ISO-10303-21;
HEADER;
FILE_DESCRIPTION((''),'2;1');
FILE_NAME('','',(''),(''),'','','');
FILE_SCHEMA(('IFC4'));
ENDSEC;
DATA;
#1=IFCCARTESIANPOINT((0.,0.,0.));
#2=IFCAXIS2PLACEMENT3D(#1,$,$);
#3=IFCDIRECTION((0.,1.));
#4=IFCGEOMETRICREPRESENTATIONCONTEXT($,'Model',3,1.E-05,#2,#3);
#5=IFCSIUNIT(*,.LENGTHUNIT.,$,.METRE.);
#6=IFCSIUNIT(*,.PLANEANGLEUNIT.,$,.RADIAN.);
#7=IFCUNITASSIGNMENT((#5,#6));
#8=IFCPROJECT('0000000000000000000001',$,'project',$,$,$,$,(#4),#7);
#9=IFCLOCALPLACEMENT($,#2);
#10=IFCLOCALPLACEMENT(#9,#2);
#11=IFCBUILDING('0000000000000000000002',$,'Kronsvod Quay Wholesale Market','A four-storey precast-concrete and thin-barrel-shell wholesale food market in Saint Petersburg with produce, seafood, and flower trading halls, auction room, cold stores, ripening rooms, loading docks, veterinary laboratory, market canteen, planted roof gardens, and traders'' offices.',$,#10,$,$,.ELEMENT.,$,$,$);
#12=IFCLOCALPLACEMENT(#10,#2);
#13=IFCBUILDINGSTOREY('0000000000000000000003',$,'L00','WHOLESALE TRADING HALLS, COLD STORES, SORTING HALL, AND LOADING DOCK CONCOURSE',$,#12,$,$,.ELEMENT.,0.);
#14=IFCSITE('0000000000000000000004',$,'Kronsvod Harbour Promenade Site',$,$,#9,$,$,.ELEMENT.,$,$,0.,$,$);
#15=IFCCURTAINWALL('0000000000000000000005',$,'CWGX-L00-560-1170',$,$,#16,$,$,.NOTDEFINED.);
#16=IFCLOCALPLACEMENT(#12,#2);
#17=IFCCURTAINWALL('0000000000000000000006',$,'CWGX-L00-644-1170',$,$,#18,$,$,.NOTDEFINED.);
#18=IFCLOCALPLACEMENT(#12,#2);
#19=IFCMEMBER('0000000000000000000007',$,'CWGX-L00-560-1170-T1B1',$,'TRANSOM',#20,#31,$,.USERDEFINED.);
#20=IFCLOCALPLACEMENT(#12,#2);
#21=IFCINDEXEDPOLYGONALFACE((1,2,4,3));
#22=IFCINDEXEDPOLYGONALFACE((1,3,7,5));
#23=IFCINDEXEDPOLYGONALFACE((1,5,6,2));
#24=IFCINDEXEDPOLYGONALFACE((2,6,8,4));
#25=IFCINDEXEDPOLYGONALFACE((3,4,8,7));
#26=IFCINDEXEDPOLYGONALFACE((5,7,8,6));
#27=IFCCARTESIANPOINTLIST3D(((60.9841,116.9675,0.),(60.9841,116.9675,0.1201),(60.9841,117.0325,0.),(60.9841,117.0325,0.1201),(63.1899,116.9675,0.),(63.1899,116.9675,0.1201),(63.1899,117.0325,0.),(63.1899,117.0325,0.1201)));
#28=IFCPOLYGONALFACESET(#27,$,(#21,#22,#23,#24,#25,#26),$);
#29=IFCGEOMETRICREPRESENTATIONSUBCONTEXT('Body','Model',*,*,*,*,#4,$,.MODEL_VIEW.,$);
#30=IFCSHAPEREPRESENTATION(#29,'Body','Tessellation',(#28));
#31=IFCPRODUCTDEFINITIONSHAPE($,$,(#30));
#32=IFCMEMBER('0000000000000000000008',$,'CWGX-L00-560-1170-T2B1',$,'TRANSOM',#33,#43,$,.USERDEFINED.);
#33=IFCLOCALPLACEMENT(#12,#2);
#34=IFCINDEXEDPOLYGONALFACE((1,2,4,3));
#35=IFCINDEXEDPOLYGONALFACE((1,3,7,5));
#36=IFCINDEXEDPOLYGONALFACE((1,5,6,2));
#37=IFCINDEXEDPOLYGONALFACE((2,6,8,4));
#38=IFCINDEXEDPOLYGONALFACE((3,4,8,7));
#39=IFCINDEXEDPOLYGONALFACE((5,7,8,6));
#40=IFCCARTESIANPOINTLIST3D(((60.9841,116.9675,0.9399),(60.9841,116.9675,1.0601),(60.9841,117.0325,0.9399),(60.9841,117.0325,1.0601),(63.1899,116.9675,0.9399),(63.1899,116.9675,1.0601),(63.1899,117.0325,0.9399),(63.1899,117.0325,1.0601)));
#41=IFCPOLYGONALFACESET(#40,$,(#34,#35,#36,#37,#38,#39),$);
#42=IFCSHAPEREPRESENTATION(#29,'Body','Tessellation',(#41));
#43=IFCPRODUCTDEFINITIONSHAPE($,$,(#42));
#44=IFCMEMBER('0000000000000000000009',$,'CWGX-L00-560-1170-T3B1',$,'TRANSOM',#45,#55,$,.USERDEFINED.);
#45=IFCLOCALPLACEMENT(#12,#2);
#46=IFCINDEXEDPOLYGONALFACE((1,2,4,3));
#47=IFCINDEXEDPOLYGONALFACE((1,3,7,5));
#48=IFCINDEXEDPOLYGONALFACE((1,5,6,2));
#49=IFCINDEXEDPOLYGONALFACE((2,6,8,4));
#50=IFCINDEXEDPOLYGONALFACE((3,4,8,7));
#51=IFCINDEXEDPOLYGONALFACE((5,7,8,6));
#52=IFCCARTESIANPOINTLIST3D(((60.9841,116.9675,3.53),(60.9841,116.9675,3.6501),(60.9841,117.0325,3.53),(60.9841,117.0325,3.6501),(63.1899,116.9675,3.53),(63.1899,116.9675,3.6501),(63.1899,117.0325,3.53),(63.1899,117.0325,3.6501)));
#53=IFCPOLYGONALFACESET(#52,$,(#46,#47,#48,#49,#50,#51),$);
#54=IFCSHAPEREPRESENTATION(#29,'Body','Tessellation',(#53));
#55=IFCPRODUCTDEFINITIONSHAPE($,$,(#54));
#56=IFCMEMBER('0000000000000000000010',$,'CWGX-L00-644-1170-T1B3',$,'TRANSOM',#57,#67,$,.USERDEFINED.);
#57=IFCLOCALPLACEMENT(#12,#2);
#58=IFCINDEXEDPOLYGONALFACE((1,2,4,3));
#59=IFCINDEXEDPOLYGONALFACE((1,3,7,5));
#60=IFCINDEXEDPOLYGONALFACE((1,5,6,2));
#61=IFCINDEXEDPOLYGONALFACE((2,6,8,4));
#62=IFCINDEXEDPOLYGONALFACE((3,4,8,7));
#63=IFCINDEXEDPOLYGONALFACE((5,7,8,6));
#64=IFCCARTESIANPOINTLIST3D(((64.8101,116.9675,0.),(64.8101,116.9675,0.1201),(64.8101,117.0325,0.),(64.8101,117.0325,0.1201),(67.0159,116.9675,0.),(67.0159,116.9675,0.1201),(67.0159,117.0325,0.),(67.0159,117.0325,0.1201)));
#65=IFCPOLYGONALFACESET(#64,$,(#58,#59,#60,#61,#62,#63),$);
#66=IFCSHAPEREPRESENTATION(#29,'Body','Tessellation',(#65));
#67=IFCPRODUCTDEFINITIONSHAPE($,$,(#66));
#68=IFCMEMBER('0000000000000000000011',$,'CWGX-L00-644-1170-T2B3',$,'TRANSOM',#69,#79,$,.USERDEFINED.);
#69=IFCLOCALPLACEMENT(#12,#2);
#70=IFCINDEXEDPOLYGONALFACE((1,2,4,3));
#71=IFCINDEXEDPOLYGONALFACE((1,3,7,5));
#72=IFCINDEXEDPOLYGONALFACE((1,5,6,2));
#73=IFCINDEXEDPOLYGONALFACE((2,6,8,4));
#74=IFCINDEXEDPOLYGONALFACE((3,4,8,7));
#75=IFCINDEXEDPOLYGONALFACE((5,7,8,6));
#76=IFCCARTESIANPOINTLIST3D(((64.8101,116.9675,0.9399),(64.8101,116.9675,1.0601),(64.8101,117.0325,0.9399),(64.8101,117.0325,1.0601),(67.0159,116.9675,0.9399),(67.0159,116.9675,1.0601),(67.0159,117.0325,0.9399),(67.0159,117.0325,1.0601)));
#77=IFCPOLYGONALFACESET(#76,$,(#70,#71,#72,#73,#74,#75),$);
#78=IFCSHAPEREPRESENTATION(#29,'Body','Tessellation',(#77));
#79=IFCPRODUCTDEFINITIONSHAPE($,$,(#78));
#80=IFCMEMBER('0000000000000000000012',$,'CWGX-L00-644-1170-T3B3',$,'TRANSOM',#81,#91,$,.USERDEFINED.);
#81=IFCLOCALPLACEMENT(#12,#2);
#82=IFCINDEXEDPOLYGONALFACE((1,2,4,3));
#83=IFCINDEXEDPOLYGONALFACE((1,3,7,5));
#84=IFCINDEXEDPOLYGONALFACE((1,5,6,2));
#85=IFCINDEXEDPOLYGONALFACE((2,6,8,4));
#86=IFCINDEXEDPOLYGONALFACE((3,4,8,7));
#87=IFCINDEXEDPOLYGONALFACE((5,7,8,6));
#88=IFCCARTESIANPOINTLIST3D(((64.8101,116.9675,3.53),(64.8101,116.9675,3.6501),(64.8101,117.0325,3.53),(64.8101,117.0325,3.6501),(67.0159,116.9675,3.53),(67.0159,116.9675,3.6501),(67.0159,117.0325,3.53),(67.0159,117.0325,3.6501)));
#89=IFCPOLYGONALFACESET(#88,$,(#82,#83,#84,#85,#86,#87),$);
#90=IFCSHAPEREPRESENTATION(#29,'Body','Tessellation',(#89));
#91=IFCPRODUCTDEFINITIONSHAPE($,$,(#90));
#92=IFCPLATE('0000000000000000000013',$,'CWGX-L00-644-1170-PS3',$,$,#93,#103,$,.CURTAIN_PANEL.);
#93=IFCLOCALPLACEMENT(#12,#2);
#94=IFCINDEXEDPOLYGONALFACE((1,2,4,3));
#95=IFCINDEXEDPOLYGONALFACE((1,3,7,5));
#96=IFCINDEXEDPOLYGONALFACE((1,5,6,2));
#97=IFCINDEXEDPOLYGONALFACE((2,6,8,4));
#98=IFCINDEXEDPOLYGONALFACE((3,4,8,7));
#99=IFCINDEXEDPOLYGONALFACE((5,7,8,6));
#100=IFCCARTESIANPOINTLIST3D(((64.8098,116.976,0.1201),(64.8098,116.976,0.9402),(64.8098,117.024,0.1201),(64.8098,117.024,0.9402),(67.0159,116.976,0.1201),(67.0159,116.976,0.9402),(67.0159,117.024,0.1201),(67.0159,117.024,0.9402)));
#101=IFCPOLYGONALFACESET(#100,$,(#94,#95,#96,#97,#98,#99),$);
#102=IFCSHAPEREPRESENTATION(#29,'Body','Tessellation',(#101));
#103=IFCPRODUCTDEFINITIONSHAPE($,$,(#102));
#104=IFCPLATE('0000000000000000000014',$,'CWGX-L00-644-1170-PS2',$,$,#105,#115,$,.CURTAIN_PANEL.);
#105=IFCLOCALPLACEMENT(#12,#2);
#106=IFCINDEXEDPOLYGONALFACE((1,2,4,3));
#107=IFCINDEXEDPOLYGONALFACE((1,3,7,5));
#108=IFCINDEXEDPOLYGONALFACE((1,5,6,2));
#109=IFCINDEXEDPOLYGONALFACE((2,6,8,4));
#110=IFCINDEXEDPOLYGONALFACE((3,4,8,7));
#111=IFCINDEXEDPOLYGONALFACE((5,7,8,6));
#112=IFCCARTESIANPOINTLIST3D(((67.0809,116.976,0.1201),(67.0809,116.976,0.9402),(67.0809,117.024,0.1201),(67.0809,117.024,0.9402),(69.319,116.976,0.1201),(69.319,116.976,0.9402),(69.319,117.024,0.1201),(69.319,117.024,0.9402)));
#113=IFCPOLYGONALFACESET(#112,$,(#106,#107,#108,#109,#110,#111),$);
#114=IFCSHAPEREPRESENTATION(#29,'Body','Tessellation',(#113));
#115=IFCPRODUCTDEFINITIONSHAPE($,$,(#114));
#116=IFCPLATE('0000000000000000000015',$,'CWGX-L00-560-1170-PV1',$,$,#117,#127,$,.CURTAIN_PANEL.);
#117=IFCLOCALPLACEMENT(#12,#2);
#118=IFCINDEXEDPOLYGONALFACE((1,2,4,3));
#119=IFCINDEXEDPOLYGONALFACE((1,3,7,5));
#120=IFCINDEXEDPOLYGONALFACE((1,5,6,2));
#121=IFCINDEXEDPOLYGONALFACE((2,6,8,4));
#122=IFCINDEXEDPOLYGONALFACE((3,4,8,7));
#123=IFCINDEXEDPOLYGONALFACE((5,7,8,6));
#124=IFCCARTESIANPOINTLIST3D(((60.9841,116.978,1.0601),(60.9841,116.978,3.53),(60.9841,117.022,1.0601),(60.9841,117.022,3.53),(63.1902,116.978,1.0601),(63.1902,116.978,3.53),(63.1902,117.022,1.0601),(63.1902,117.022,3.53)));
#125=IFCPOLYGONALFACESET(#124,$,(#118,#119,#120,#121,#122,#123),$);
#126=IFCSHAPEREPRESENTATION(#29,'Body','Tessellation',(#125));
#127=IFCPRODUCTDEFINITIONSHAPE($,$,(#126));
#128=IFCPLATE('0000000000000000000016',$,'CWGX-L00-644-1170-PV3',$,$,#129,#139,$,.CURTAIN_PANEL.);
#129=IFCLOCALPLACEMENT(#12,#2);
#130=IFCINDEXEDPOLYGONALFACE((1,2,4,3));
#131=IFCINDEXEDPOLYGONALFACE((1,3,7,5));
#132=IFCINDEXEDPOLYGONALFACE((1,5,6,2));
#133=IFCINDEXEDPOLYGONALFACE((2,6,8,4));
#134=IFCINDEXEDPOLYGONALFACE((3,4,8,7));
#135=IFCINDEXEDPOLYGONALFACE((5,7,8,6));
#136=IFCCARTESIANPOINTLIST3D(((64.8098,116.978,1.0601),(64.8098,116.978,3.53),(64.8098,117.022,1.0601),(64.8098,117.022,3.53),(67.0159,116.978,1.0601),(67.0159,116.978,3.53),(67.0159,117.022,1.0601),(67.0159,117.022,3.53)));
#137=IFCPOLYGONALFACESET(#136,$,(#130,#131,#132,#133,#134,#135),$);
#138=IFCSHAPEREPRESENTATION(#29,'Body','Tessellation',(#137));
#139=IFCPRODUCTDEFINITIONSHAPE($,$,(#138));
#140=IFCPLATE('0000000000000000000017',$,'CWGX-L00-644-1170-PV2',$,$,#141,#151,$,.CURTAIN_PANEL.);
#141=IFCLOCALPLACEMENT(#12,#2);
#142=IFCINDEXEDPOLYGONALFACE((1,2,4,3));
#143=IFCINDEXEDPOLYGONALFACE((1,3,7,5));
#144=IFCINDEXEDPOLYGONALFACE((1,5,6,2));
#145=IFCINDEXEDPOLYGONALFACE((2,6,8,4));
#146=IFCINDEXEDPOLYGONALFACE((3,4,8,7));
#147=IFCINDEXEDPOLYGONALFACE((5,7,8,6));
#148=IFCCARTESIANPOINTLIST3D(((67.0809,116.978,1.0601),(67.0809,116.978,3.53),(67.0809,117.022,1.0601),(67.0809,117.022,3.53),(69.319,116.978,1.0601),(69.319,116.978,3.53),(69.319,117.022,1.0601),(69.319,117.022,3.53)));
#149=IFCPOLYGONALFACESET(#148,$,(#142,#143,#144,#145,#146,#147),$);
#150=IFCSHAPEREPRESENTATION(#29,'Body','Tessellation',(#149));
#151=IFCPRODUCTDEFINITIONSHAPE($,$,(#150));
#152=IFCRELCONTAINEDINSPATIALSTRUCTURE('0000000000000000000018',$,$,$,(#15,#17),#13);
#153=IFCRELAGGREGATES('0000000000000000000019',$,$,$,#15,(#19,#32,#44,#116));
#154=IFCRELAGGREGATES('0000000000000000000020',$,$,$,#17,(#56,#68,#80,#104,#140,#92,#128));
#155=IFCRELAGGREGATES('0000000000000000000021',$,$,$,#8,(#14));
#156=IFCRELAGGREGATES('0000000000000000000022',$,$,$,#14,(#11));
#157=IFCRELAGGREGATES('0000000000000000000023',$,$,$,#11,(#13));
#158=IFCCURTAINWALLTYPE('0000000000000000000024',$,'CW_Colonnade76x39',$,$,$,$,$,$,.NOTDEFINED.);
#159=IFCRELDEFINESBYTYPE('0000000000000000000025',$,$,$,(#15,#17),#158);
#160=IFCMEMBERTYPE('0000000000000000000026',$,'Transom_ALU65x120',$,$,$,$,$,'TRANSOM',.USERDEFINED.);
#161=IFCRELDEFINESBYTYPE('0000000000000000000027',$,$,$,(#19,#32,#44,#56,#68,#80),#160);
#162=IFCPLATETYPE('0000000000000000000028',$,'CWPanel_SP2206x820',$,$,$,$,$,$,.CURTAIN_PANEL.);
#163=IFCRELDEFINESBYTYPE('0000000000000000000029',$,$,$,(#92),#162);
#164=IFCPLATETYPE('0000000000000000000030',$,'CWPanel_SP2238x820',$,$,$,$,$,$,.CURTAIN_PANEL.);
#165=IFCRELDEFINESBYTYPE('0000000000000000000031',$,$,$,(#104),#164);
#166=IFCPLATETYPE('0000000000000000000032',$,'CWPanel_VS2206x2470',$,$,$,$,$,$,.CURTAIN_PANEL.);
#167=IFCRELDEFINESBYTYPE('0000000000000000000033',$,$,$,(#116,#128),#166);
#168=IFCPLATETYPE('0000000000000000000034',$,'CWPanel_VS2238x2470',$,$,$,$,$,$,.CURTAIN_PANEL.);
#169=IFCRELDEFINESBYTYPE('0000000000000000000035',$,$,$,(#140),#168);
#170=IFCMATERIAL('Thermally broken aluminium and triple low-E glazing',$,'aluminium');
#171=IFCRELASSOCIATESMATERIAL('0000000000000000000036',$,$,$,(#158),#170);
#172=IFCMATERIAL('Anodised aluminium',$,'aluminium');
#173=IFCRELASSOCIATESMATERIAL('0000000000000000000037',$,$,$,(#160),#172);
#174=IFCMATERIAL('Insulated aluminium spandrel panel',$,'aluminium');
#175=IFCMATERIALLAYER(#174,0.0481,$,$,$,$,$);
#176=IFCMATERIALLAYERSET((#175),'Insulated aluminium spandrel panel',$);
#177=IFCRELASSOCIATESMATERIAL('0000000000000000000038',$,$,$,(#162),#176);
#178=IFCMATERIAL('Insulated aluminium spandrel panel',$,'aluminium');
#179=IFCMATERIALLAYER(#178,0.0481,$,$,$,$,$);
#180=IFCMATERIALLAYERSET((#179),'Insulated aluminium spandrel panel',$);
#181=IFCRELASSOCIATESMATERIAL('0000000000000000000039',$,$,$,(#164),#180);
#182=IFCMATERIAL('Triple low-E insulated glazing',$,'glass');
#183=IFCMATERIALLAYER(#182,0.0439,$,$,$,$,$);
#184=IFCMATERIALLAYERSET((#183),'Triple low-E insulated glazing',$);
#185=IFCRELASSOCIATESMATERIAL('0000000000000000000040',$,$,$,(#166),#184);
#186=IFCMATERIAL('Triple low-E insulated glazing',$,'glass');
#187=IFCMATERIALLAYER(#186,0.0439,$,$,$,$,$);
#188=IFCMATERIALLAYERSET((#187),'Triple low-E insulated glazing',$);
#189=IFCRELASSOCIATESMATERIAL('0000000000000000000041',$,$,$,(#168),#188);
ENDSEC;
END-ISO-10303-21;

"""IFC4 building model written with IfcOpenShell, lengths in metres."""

from ifc_helpers import new_model, si_unit, direction, frame, origin, origin_2d, place, context, subcontext, project, spatial, rectangle, extrude, material, layer, layer_set, material_profile, profile_set, type_object, element, aggregate, save


model = new_model("IFC4")

# Units and contexts
model_context = context("Model", 3, precision=1e-05, world=origin(), true_north=direction((0.0, 1.0)))
body_context = subcontext(model_context, "Body", "Model", "MODEL_VIEW")
ifc_project = project(units=[si_unit("LENGTHUNIT", "METRE"), si_unit("PLANEANGLEUNIT", "RADIAN")], contexts=[model_context])

# Site, building, storey
site_placement = place(None, origin())
site = spatial("IfcSite", under=ifc_project, at=site_placement, Name="Kronsvod Harbour Promenade Site", CompositionType="ELEMENT", RefElevation=0.0)
building_placement = place(site_placement, origin())
building = spatial("IfcBuilding", under=site, at=building_placement, Name="Kronsvod Quay Wholesale Market", Description="A four-storey precast-concrete and thin-barrel-shell wholesale food market in Saint Petersburg with produce, seafood, and flower trading halls, auction room, cold stores, ripening rooms, loading docks, veterinary laboratory, market canteen, planted roof gardens, and traders' offices.", CompositionType="ELEMENT")
storey_placement = place(building_placement, origin())
storey = spatial("IfcBuildingStorey", under=building, at=storey_placement, Name="L00", Description="WHOLESALE TRADING HALLS, COLD STORES, SORTING HALL, AND LOADING DOCK CONCOURSE", CompositionType="ELEMENT", Elevation=0.0)

# Curtain wall
ifc_material_1 = material(Name="Thermally broken aluminium and triple low-E glazing", Category="aluminium")
curtain_wall_type = type_object("IfcCurtainWallType", Name="CW_Colonnade76x39", PredefinedType="NOTDEFINED", material=ifc_material_1)
curtain_wall_1_placement = place(storey_placement, origin())
curtain_wall_1 = element("IfcCurtainWall", 1, at=curtain_wall_1_placement, inside=storey, type_object=curtain_wall_type, Name="CWGX-L00-560-1170", PredefinedType="NOTDEFINED")

# Curtain wall
curtain_wall_2_placement = place(storey_placement, origin())
curtain_wall_2 = element("IfcCurtainWall", 2, at=curtain_wall_2_placement, inside=storey, type_object=curtain_wall_type, Name="CWGX-L00-644-1170", PredefinedType="NOTDEFINED")

# Members
ifc_material_2 = material(Name="Anodised aluminium", Category="aluminium")
ifc_material_profile_1 = material_profile(ifc_material_2, rectangle(XDim=0.0649, YDim=0.1201, at=origin_2d()), Name="ALUT65x120")
ifc_profile_set_1 = profile_set([ifc_material_profile_1], Name="Anodised aluminium")
member_type_1 = type_object("IfcMemberType", Name="Transom_ALU65x120", ElementType="TRANSOM", PredefinedType="USERDEFINED", material=ifc_profile_set_1)
member_1_placement = place(storey_placement, frame((63.1899, 117.0, 0.0601), z_axis=(-1.0, 0.0, 0.0), x_axis=(0.0, -1.0, 0.0)))
member_1 = element("IfcMember", 3, at=member_1_placement, type_object=member_type_1, Name="CWGX-L00-560-1170-T1B1", ObjectType="TRANSOM", PredefinedType="USERDEFINED", context=body_context, shape_type="SweptSolid", body=[
    extrude(rectangle(XDim=0.0649, YDim=0.1201, at=origin_2d()), origin(), (0.0, 0.0, 1.0), 2.2058),
])
member_2_placement = place(storey_placement, frame((63.1899, 117.0, 1.0), z_axis=(-1.0, 0.0, 0.0), x_axis=(0.0, -1.0, 0.0)))
member_2 = element("IfcMember", 4, at=member_2_placement, type_object=member_type_1, Name="CWGX-L00-560-1170-T2B1", ObjectType="TRANSOM", PredefinedType="USERDEFINED", context=body_context, shape_type="SweptSolid", body=[
    extrude(rectangle(XDim=0.0649, YDim=0.1201, at=origin_2d()), origin(), (0.0, 0.0, 1.0), 2.2058),
])
member_3_placement = place(storey_placement, frame((63.1899, 117.0, 3.5901), z_axis=(-1.0, 0.0, 0.0), x_axis=(0.0, -1.0, 0.0)))
member_3 = element("IfcMember", 5, at=member_3_placement, type_object=member_type_1, Name="CWGX-L00-560-1170-T3B1", ObjectType="TRANSOM", PredefinedType="USERDEFINED", context=body_context, shape_type="SweptSolid", body=[
    extrude(rectangle(XDim=0.0649, YDim=0.1201, at=origin_2d()), origin(), (0.0, 0.0, 1.0), 2.2058),
])
member_4_placement = place(storey_placement, frame((67.0159, 117.0, 0.0601), z_axis=(-1.0, 0.0, 0.0), x_axis=(0.0, -1.0, 0.0)))
member_4 = element("IfcMember", 6, at=member_4_placement, type_object=member_type_1, Name="CWGX-L00-644-1170-T1B3", ObjectType="TRANSOM", PredefinedType="USERDEFINED", context=body_context, shape_type="SweptSolid", body=[
    extrude(rectangle(XDim=0.0649, YDim=0.1201, at=origin_2d()), origin(), (0.0, 0.0, 1.0), 2.2058),
])
member_5_placement = place(storey_placement, frame((67.0159, 117.0, 1.0), z_axis=(-1.0, 0.0, 0.0), x_axis=(0.0, -1.0, 0.0)))
member_5 = element("IfcMember", 7, at=member_5_placement, type_object=member_type_1, Name="CWGX-L00-644-1170-T2B3", ObjectType="TRANSOM", PredefinedType="USERDEFINED", context=body_context, shape_type="SweptSolid", body=[
    extrude(rectangle(XDim=0.0649, YDim=0.1201, at=origin_2d()), origin(), (0.0, 0.0, 1.0), 2.2058),
])
member_6_placement = place(storey_placement, frame((67.0159, 117.0, 3.5901), z_axis=(-1.0, 0.0, 0.0), x_axis=(0.0, -1.0, 0.0)))
member_6 = element("IfcMember", 8, at=member_6_placement, type_object=member_type_1, Name="CWGX-L00-644-1170-T3B3", ObjectType="TRANSOM", PredefinedType="USERDEFINED", context=body_context, shape_type="SweptSolid", body=[
    extrude(rectangle(XDim=0.0649, YDim=0.1201, at=origin_2d()), origin(), (0.0, 0.0, 1.0), 2.2058),
])

# Plates
ifc_material_3 = material(Name="Insulated aluminium spandrel panel", Category="aluminium")
ifc_layer_1 = layer(ifc_material_3, 0.0481)
ifc_layer_set_1 = layer_set([ifc_layer_1], Name="Insulated aluminium spandrel panel")
plate_type_1 = type_object("IfcPlateType", Name="CWPanel_SP2206x820", PredefinedType="CURTAIN_PANEL", material=ifc_layer_set_1)
plate_1_placement = place(storey_placement, frame((65.9128, 117.0, 0.1201), z_axis=(0.0, 0.0, 1.0), x_axis=(-1.0, 0.0, 0.0)))
plate_1 = element("IfcPlate", 9, at=plate_1_placement, type_object=plate_type_1, Name="CWGX-L00-644-1170-PS3", PredefinedType="CURTAIN_PANEL", context=body_context, shape_type="SweptSolid", body=[
    extrude(rectangle(XDim=2.2061, YDim=0.0481, at=origin_2d()), origin(), (0.0, 0.0, 1.0), 0.8201),
])
ifc_material_4 = material(Name="Insulated aluminium spandrel panel", Category="aluminium")
ifc_layer_2 = layer(ifc_material_4, 0.0481)
ifc_layer_set_2 = layer_set([ifc_layer_2], Name="Insulated aluminium spandrel panel")
plate_type_2 = type_object("IfcPlateType", Name="CWPanel_SP2238x820", PredefinedType="CURTAIN_PANEL", material=ifc_layer_set_2)
plate_2_placement = place(storey_placement, frame((68.2, 117.0, 0.1201), z_axis=(0.0, 0.0, 1.0), x_axis=(-1.0, 0.0, 0.0)))
plate_2 = element("IfcPlate", 10, at=plate_2_placement, type_object=plate_type_2, Name="CWGX-L00-644-1170-PS2", PredefinedType="CURTAIN_PANEL", context=body_context, shape_type="SweptSolid", body=[
    extrude(rectangle(XDim=2.238, YDim=0.0481, at=origin_2d()), origin(), (0.0, 0.0, 1.0), 0.8201),
])
ifc_material_5 = material(Name="Triple low-E insulated glazing", Category="glass")
ifc_layer_3 = layer(ifc_material_5, 0.0439)
ifc_layer_set_3 = layer_set([ifc_layer_3], Name="Triple low-E insulated glazing")
plate_type_3 = type_object("IfcPlateType", Name="CWPanel_VS2206x2470", PredefinedType="CURTAIN_PANEL", material=ifc_layer_set_3)
plate_3_placement = place(storey_placement, frame((62.0872, 117.0, 1.0601), z_axis=(0.0, 0.0, 1.0), x_axis=(-1.0, 0.0, 0.0)))
plate_3 = element("IfcPlate", 11, at=plate_3_placement, type_object=plate_type_3, Name="CWGX-L00-560-1170-PV1", PredefinedType="CURTAIN_PANEL", context=body_context, shape_type="SweptSolid", body=[
    extrude(rectangle(XDim=2.2061, YDim=0.0439, at=origin_2d()), origin(), (0.0, 0.0, 1.0), 2.47),
])
aggregate(curtain_wall_1, [member_1, member_2, member_3, plate_3])
plate_4_placement = place(storey_placement, frame((65.9128, 117.0, 1.0601), z_axis=(0.0, 0.0, 1.0), x_axis=(-1.0, 0.0, 0.0)))
plate_4 = element("IfcPlate", 12, at=plate_4_placement, type_object=plate_type_3, Name="CWGX-L00-644-1170-PV3", PredefinedType="CURTAIN_PANEL", context=body_context, shape_type="SweptSolid", body=[
    extrude(rectangle(XDim=2.2061, YDim=0.0439, at=origin_2d()), origin(), (0.0, 0.0, 1.0), 2.47),
])
ifc_material_6 = material(Name="Triple low-E insulated glazing", Category="glass")
ifc_layer_4 = layer(ifc_material_6, 0.0439)
ifc_layer_set_4 = layer_set([ifc_layer_4], Name="Triple low-E insulated glazing")
plate_type_4 = type_object("IfcPlateType", Name="CWPanel_VS2238x2470", PredefinedType="CURTAIN_PANEL", material=ifc_layer_set_4)
plate_5_placement = place(storey_placement, frame((68.2, 117.0, 1.0601), z_axis=(0.0, 0.0, 1.0), x_axis=(-1.0, 0.0, 0.0)))
plate_5 = element("IfcPlate", 13, at=plate_5_placement, type_object=plate_type_4, Name="CWGX-L00-644-1170-PV2", PredefinedType="CURTAIN_PANEL", context=body_context, shape_type="SweptSolid", body=[
    extrude(rectangle(XDim=2.238, YDim=0.0439, at=origin_2d()), origin(), (0.0, 0.0, 1.0), 2.47),
])
aggregate(curtain_wall_2, [member_4, member_5, member_6, plate_2, plate_5, plate_1, plate_4])

save(model, "model.ifc")
